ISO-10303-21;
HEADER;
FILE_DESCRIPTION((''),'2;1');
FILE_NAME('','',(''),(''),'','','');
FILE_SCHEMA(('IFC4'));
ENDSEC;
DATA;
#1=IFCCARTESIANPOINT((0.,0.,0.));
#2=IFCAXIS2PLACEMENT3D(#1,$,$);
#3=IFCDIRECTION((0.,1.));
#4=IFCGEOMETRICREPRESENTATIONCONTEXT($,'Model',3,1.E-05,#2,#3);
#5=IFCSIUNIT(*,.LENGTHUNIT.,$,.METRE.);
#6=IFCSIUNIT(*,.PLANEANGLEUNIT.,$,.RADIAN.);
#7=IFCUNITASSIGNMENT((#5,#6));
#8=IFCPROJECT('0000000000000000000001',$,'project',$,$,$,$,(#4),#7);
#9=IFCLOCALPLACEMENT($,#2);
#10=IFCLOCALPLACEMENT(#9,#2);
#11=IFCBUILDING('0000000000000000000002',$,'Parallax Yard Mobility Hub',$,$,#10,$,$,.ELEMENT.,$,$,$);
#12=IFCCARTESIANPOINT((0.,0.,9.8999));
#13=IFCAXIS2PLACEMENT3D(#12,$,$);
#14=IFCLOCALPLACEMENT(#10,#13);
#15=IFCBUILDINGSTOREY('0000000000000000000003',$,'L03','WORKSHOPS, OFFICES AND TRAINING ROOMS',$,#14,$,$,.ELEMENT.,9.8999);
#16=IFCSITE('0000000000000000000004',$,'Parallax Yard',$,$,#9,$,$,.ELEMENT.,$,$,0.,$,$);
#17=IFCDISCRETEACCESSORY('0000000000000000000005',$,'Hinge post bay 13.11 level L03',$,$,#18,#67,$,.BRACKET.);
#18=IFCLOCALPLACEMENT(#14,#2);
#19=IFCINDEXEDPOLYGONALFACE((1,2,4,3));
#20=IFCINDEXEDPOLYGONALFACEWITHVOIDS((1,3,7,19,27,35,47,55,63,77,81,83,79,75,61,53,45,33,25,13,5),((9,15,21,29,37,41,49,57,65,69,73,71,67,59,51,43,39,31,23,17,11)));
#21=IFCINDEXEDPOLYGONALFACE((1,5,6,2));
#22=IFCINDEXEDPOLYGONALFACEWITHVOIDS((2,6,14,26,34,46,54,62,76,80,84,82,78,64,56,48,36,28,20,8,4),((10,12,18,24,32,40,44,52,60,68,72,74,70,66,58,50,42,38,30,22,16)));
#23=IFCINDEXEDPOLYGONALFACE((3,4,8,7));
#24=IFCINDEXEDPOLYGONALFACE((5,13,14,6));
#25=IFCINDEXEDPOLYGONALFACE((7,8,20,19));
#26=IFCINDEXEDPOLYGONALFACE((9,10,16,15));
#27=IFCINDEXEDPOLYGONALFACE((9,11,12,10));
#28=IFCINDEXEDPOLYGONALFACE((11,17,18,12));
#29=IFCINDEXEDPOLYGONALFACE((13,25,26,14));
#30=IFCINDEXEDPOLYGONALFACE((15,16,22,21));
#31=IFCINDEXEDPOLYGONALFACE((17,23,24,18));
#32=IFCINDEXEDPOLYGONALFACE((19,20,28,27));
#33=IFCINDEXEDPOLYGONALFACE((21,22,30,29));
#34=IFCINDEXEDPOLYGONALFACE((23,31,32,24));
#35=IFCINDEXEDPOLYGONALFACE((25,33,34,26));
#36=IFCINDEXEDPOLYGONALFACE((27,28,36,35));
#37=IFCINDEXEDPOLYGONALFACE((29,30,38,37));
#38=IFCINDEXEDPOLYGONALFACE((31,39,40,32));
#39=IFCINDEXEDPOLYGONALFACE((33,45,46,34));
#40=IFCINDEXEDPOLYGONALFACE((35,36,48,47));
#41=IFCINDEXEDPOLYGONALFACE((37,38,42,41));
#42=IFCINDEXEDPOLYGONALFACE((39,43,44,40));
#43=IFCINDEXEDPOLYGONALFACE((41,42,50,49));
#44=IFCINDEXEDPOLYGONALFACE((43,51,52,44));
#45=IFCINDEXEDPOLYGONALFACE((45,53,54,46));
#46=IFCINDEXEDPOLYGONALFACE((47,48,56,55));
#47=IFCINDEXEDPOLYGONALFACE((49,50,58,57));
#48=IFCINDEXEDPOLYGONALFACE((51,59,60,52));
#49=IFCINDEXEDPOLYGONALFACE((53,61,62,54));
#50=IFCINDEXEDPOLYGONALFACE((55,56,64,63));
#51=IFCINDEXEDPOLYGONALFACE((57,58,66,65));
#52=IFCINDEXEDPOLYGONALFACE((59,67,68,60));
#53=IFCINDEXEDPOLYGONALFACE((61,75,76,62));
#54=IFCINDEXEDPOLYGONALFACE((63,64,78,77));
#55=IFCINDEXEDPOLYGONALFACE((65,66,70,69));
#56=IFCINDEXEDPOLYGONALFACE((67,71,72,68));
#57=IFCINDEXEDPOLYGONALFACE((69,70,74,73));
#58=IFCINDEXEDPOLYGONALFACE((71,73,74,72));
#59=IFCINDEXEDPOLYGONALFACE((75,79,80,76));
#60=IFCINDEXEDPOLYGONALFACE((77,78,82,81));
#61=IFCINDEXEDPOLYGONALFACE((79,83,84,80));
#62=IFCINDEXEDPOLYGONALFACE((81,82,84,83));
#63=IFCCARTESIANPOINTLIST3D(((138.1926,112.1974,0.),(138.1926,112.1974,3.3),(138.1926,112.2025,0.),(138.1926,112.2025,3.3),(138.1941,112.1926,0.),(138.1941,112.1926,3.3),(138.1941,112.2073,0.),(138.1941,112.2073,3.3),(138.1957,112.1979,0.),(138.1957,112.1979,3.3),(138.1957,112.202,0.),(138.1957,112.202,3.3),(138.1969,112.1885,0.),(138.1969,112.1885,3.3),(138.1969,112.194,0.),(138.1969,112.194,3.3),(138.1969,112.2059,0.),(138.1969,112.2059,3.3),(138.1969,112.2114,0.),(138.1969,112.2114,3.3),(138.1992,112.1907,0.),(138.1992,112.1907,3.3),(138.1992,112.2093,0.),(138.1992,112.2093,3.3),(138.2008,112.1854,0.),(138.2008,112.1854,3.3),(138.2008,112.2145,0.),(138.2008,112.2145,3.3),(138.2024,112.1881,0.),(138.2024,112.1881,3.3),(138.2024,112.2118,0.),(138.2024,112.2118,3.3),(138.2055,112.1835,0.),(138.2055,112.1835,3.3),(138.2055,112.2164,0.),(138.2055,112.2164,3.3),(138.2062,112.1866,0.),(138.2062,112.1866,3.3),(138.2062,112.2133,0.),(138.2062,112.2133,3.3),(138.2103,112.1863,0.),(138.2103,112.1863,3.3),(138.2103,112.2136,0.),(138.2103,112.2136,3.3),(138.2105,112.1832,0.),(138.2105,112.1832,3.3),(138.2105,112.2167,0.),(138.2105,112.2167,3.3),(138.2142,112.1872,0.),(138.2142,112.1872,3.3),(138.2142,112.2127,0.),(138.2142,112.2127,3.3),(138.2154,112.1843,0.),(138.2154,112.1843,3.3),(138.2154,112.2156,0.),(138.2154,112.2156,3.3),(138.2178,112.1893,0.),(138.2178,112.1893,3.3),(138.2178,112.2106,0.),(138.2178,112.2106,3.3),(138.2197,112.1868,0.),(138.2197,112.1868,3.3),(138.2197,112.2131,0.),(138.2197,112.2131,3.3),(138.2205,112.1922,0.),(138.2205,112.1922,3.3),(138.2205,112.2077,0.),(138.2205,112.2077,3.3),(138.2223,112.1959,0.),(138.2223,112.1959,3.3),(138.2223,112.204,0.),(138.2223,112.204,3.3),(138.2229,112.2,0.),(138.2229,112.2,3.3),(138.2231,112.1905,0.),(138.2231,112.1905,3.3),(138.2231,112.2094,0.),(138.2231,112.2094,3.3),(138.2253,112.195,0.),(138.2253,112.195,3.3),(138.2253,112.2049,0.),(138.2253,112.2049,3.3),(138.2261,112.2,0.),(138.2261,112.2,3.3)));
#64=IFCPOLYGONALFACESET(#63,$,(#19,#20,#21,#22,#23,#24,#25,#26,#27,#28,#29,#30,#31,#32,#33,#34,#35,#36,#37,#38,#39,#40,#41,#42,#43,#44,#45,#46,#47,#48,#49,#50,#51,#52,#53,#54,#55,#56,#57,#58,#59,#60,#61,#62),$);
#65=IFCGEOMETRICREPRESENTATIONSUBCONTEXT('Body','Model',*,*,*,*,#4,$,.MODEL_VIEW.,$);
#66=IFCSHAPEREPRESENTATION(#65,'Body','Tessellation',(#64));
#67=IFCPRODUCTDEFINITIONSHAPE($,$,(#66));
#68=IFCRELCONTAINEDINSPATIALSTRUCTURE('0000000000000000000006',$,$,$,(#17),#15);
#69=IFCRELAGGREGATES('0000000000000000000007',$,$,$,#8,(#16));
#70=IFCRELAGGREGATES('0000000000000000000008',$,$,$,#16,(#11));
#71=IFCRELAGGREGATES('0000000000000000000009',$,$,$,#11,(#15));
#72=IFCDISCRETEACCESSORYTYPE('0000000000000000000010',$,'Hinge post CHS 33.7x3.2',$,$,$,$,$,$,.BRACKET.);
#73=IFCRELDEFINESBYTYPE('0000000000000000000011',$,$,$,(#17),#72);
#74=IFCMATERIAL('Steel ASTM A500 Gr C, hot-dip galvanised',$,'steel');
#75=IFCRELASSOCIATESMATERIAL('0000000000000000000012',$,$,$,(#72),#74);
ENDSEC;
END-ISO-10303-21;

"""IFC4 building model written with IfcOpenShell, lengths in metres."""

from ifc_helpers import new_model, si_unit, direction, frame, origin, origin_2d, place, context, subcontext, project, spatial, hollow_circle, extrude, material, material_profile, profile_set, type_object, element, save


model = new_model("IFC4")

# Units and contexts
model_context = context("Model", 3, precision=1e-05, world=origin(), true_north=direction((0.0, 1.0)))
body_context = subcontext(model_context, "Body", "Model", "MODEL_VIEW")
ifc_project = project(units=[si_unit("LENGTHUNIT", "METRE"), si_unit("PLANEANGLEUNIT", "RADIAN")], contexts=[model_context])

# Site, building, storey
site_placement = place(None, origin())
site = spatial("IfcSite", under=ifc_project, at=site_placement, Name="Parallax Yard", CompositionType="ELEMENT", RefElevation=0.0)
building_placement = place(site_placement, origin())
building = spatial("IfcBuilding", under=site, at=building_placement, Name="Parallax Yard Mobility Hub", CompositionType="ELEMENT")
storey_placement = place(building_placement, frame((0.0, 0.0, 9.8999)))
storey = spatial("IfcBuildingStorey", under=building, at=storey_placement, Name="L03", Description="WORKSHOPS, OFFICES AND TRAINING ROOMS", CompositionType="ELEMENT", Elevation=9.8999)

# Discrete accessory
ifc_material_1 = material(Name="Steel ASTM A500 Gr C, hot-dip galvanised", Category="steel")
ifc_material_profile_1 = material_profile(ifc_material_1, hollow_circle(Radius=0.0168, WallThickness=0.0032, at=origin_2d()), Name="CHS 33.7x3.2")
ifc_profile_set_1 = profile_set([ifc_material_profile_1], Name="Steel ASTM A500 Gr C, hot-dip galvanised")
discrete_accessory_type_1 = type_object("IfcDiscreteAccessoryType", Name="Hinge post CHS 33.7x3.2", PredefinedType="BRACKET", material=ifc_profile_set_1)
for number, where, z_axis, x_axis, name in (
    (1, (138.2092, 112.2, 0.0), (0.0, 0.0, 1.0), (1.0, 0.0, 0.0), "Hinge post bay 13.11 level L03"),
):
    element("IfcDiscreteAccessory", number, at=place(storey_placement, frame(where, z_axis=z_axis, x_axis=x_axis)), inside=storey, type_object=discrete_accessory_type_1, Name=name, PredefinedType="BRACKET", context=body_context, shape_type="SweptSolid", body=[
        extrude(hollow_circle(Radius=0.0168, WallThickness=0.0032, at=origin_2d()), origin(), (0.0, 0.0, 1.0), 3.3),
    ])

save(model, "model.ifc")
